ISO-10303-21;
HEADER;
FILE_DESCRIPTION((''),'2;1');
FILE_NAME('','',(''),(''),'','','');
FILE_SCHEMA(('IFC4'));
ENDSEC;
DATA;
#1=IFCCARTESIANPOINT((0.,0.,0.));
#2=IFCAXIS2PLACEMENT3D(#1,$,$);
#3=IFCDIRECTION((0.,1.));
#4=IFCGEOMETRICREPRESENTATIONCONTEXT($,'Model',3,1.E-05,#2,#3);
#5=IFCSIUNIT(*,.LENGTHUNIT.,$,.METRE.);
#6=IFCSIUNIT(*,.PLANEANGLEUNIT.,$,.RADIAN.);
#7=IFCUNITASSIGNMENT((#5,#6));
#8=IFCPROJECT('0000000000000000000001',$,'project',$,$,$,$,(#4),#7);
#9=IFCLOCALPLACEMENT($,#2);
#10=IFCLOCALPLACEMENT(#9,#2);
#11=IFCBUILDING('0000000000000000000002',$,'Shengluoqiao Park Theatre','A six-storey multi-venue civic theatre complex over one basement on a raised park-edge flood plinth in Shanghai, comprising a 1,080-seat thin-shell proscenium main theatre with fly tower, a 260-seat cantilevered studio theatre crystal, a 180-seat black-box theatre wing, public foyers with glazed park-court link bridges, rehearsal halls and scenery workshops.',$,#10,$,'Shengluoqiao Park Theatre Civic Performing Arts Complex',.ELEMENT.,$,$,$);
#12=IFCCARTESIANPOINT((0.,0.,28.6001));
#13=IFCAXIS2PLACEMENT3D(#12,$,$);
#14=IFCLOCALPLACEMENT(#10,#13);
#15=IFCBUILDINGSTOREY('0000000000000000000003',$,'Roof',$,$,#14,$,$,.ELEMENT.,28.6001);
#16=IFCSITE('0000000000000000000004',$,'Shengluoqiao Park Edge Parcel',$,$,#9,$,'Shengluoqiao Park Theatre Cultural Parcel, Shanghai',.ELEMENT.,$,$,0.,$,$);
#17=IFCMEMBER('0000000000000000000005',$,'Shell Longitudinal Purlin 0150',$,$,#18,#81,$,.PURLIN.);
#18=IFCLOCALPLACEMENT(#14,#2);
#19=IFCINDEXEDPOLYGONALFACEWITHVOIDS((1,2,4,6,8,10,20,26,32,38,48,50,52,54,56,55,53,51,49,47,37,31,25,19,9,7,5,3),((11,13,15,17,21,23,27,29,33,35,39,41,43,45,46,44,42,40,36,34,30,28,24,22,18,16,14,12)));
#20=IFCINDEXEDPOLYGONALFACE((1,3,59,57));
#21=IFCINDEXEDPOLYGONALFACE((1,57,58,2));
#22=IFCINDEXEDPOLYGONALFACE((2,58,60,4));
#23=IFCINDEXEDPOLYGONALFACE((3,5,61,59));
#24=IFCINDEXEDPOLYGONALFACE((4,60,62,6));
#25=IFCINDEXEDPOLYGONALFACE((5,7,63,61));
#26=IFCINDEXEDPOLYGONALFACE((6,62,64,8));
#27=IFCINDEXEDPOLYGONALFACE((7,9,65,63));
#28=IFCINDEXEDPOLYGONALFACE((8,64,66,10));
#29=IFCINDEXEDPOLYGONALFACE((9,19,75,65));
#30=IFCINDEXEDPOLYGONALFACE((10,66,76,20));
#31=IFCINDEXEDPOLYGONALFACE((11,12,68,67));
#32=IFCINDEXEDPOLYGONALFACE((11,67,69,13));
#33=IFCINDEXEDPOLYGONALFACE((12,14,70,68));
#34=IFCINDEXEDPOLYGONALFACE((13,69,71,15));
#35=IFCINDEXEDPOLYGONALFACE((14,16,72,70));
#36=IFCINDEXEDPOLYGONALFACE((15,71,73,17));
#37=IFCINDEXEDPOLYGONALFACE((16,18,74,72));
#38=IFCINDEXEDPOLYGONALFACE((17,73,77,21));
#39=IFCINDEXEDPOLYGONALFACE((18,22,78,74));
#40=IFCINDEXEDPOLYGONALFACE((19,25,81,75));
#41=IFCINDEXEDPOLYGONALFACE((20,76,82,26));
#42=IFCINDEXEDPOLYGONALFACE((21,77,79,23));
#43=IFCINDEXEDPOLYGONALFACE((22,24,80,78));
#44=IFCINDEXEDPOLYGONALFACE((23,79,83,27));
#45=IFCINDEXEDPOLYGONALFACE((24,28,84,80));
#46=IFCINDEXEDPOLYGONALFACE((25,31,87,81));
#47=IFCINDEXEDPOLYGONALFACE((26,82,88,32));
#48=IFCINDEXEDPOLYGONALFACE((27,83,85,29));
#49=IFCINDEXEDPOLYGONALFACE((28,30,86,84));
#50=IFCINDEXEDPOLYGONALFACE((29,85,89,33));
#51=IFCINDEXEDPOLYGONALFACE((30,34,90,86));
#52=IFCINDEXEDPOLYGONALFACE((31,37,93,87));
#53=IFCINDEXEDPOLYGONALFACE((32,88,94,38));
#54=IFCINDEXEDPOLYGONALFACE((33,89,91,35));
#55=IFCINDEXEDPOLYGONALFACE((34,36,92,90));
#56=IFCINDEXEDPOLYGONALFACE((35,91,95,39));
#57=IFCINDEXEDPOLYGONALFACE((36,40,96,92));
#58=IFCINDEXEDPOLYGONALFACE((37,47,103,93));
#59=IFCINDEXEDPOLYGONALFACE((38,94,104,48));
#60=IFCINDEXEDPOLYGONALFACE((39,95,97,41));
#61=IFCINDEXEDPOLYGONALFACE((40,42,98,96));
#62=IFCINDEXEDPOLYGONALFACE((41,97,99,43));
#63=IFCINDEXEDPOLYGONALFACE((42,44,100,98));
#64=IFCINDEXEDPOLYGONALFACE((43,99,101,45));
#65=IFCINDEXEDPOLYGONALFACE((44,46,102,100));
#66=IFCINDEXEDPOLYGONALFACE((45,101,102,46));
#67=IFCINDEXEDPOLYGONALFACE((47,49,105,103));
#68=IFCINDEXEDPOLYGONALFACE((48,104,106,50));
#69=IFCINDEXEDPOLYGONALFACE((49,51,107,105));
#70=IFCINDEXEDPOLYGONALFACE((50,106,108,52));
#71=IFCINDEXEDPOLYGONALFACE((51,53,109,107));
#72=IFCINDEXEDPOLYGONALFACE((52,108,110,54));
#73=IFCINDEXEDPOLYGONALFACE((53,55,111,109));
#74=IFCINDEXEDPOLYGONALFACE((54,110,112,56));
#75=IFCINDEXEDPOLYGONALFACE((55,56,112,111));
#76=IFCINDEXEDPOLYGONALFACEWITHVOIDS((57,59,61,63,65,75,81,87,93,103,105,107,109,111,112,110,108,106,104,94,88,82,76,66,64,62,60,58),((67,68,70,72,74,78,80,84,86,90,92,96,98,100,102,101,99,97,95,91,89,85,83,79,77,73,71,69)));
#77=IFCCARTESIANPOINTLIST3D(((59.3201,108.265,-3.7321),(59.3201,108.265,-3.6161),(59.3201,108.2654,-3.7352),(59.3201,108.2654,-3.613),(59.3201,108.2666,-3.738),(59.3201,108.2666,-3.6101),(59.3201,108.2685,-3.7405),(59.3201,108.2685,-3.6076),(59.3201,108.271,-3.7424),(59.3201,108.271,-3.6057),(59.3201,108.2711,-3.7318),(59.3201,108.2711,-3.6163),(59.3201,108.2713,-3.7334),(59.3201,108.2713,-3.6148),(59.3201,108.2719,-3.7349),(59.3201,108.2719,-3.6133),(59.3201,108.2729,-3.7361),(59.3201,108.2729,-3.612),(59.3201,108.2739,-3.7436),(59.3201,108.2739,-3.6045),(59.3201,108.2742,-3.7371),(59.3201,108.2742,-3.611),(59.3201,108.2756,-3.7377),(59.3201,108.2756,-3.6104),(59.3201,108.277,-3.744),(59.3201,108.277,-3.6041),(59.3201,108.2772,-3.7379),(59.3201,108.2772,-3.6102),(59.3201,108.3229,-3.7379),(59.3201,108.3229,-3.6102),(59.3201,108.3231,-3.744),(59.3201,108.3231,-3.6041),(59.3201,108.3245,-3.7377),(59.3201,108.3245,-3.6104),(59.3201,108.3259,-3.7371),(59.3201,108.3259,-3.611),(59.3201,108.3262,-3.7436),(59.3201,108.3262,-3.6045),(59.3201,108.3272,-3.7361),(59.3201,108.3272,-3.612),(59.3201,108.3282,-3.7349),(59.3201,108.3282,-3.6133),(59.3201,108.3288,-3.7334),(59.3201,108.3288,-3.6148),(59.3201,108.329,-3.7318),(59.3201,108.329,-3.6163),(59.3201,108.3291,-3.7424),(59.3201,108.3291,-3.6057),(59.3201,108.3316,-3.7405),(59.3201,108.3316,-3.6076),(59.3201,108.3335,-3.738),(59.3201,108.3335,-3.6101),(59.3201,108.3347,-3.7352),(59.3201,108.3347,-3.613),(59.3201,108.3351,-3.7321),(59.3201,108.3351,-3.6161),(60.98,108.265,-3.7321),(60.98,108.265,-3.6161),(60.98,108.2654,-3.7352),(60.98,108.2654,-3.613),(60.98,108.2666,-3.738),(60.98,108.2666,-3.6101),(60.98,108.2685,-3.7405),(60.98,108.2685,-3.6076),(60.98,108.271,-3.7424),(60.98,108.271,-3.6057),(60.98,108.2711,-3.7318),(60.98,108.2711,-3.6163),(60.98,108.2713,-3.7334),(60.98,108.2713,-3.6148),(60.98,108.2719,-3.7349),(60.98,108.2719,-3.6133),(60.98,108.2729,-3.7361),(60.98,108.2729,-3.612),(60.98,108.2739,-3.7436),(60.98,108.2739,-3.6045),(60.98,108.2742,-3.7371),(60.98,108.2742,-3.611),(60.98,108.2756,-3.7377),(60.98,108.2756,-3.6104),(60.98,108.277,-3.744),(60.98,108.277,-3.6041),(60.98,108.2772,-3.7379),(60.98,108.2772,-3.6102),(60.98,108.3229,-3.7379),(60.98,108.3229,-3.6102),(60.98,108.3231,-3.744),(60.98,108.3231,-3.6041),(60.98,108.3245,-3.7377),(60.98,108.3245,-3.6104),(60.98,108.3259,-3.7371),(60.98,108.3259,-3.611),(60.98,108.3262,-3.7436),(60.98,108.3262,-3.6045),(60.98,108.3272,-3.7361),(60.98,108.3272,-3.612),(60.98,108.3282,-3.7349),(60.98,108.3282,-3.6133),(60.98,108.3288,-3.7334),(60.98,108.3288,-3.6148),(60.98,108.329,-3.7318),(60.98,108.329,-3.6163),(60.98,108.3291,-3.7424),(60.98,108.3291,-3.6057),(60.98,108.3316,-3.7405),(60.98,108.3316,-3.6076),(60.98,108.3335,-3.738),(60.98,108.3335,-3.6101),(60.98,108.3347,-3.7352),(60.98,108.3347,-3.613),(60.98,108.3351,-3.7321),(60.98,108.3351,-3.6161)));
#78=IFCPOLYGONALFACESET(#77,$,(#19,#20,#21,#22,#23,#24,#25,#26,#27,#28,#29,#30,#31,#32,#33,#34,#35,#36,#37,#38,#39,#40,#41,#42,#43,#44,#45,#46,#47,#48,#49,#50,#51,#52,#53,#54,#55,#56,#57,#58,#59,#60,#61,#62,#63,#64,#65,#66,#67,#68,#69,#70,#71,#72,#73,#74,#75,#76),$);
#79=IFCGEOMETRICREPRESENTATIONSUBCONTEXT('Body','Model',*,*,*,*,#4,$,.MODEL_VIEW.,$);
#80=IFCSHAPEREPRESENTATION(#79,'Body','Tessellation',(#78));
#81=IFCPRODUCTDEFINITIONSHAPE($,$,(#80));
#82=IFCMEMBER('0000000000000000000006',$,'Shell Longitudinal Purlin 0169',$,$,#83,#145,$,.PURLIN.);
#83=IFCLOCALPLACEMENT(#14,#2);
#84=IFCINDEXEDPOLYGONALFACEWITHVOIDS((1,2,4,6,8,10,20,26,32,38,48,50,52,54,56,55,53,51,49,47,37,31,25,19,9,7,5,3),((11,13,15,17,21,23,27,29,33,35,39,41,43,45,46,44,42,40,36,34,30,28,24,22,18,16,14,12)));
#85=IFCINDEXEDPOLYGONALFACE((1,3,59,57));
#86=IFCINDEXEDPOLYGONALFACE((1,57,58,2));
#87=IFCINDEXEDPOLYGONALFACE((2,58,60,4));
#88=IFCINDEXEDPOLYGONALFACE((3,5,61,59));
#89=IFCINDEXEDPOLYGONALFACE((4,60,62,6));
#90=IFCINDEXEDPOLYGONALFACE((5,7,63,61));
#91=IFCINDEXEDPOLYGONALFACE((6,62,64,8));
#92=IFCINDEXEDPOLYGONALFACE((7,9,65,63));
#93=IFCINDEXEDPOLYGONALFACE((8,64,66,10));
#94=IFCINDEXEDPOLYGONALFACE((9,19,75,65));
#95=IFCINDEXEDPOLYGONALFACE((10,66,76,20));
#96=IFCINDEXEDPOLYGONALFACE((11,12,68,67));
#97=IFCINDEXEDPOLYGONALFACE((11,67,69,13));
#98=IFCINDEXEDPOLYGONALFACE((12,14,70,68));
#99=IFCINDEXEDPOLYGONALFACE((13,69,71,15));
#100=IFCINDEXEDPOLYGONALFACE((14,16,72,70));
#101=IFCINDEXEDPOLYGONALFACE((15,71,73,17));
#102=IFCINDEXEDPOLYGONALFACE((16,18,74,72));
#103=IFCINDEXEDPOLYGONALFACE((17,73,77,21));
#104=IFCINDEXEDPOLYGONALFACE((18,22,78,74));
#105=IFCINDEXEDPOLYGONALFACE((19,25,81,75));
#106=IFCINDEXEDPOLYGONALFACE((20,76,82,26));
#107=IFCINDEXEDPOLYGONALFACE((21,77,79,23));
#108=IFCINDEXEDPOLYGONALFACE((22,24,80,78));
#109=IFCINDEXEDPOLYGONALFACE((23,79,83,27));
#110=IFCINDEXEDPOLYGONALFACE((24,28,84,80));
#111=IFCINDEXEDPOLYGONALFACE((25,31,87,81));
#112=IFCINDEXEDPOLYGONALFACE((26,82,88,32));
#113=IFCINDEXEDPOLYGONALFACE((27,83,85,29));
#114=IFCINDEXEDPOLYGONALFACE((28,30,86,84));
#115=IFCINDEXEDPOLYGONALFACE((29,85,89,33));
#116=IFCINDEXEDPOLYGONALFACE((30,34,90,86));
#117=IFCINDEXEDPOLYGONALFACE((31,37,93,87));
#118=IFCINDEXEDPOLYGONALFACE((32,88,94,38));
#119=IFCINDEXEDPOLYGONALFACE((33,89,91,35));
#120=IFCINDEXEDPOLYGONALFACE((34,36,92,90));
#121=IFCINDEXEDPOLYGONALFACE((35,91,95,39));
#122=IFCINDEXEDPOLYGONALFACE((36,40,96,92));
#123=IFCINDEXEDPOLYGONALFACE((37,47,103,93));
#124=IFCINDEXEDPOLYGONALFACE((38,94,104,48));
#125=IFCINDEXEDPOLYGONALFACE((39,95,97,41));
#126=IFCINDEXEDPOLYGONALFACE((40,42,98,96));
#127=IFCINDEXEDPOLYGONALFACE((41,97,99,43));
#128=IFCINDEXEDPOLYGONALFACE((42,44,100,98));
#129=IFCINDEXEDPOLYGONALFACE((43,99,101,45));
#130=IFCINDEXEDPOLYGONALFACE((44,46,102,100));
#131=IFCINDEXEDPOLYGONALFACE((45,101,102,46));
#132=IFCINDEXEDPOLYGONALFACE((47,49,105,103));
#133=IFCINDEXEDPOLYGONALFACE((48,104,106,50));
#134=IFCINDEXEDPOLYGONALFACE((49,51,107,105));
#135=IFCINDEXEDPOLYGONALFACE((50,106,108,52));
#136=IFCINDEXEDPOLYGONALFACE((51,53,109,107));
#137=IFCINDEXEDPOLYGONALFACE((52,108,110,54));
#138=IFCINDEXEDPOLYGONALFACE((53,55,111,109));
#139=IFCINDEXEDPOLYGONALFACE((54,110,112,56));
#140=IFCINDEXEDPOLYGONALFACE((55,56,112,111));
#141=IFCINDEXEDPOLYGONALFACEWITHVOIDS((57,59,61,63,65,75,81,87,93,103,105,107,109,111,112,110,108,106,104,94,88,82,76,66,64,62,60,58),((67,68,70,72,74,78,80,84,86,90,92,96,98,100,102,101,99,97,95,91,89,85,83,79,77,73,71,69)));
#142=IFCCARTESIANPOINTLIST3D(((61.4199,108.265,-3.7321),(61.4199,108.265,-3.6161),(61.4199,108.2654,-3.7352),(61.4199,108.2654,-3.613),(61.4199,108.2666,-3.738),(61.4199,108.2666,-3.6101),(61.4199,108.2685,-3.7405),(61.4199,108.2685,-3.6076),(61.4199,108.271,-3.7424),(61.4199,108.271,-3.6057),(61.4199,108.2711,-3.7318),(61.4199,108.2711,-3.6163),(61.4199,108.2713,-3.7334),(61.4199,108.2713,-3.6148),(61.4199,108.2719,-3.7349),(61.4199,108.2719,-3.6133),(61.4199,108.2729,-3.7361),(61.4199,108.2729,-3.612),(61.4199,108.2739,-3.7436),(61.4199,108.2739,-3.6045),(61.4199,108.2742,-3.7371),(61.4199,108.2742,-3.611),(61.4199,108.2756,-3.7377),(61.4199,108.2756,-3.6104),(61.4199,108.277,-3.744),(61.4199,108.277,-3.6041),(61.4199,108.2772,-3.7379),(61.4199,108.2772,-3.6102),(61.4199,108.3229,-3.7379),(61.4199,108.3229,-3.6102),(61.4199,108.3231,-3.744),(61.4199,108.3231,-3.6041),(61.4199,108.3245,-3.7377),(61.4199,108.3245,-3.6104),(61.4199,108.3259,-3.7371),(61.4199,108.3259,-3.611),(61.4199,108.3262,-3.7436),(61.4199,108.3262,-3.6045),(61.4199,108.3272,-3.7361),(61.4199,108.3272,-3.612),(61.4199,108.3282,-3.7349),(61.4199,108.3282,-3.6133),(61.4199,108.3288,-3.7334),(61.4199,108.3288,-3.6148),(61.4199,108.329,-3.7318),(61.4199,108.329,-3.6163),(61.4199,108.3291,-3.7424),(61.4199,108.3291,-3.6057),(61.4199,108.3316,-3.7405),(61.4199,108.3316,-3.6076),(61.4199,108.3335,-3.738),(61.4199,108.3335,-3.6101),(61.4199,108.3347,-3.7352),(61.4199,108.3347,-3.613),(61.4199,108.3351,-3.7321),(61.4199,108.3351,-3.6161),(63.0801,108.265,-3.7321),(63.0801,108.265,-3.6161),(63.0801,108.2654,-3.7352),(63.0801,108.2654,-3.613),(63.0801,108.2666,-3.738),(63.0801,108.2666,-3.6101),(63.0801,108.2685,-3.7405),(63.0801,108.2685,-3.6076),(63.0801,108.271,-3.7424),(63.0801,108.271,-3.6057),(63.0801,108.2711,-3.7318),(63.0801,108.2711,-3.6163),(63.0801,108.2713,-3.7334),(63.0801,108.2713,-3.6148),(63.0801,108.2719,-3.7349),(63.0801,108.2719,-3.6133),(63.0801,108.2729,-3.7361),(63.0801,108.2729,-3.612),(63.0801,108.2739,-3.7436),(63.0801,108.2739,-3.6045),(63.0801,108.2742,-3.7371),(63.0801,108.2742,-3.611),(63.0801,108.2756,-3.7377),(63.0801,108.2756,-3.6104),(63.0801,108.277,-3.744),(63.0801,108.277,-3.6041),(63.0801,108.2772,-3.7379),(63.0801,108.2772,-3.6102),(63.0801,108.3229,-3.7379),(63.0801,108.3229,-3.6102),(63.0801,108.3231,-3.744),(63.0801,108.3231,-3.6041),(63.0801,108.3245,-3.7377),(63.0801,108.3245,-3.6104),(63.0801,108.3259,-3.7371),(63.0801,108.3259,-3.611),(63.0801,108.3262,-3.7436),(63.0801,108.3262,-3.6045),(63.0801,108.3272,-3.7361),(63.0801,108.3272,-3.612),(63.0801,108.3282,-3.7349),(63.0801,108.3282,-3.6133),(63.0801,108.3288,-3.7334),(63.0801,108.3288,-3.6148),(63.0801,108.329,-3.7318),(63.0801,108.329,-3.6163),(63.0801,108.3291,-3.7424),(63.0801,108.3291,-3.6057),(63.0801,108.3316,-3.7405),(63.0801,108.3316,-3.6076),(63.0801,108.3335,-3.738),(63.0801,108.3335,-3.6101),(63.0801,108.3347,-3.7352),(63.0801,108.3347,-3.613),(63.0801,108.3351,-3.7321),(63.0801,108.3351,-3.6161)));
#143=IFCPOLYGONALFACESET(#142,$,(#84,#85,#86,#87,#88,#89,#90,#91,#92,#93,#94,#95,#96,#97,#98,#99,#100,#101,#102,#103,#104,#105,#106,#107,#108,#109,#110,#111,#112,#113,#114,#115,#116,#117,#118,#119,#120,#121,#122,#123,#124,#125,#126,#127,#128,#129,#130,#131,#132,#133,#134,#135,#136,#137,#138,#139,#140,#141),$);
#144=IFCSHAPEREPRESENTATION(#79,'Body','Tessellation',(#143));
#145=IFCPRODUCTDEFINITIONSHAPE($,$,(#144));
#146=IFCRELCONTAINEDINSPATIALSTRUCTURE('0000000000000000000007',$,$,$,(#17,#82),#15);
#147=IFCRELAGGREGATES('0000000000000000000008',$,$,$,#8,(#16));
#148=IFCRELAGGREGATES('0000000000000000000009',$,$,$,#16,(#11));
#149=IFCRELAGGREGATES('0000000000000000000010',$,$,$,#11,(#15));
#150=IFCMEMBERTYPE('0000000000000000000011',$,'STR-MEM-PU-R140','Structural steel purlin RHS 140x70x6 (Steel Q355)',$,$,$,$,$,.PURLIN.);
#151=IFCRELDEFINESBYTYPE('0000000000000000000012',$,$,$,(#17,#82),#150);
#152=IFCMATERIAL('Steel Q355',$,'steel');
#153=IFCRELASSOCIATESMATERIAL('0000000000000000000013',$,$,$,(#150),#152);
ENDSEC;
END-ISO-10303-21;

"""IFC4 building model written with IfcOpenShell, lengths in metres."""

from ifc_helpers import new_model, si_unit, direction, frame, origin, origin_2d, place, context, subcontext, project, spatial, hollow_rectangle, extrude, material, material_profile, profile_set, type_object, element, save


model = new_model("IFC4")

# Units and contexts
model_context = context("Model", 3, precision=1e-05, world=origin(), true_north=direction((0.0, 1.0)))
body_context = subcontext(model_context, "Body", "Model", "MODEL_VIEW")
ifc_project = project(units=[si_unit("LENGTHUNIT", "METRE"), si_unit("PLANEANGLEUNIT", "RADIAN")], contexts=[model_context])

# Site, building, storey
site_placement = place(None, origin())
site = spatial("IfcSite", under=ifc_project, at=site_placement, Name="Shengluoqiao Park Edge Parcel", LongName="Shengluoqiao Park Theatre Cultural Parcel, Shanghai", CompositionType="ELEMENT", RefElevation=0.0)
building_placement = place(site_placement, origin())
building = spatial("IfcBuilding", under=site, at=building_placement, Name="Shengluoqiao Park Theatre", Description="A six-storey multi-venue civic theatre complex over one basement on a raised park-edge flood plinth in Shanghai, comprising a 1,080-seat thin-shell proscenium main theatre with fly tower, a 260-seat cantilevered studio theatre crystal, a 180-seat black-box theatre wing, public foyers with glazed park-court link bridges, rehearsal halls and scenery workshops.", LongName="Shengluoqiao Park Theatre Civic Performing Arts Complex", CompositionType="ELEMENT")
storey_placement = place(building_placement, frame((0.0, 0.0, 28.6001)))
storey = spatial("IfcBuildingStorey", under=building, at=storey_placement, Name="Roof", CompositionType="ELEMENT", Elevation=28.6001)

# Shared definitions
ifc_material_1 = material(Name="Steel Q355", Category="steel")

# Members
ifc_material_profile_1 = material_profile(ifc_material_1, hollow_rectangle(XDim=0.0701, YDim=0.1399, WallThickness=0.0061, InnerFilletRadius=0.0061, OuterFilletRadius=0.012, at=origin_2d()), Name="RHS 140x70x6")
ifc_profile_set_1 = profile_set([ifc_material_profile_1], Name="Steel Q355")
member_type_1 = type_object("IfcMemberType", Name="STR-MEM-PU-R140", Description="Structural steel purlin RHS 140x70x6 (Steel Q355)", PredefinedType="PURLIN", material=ifc_profile_set_1)
member_1_placement = place(storey_placement, frame((59.3201, 108.3, -3.6741), z_axis=(1.0, 0.0, 0.0), x_axis=(0.0, 1.0, 0.0)))
element("IfcMember", 1, at=member_1_placement, inside=storey, type_object=member_type_1, Name="Shell Longitudinal Purlin 0150", PredefinedType="PURLIN", context=body_context, shape_type="SweptSolid", body=[
    extrude(hollow_rectangle(XDim=0.0701, YDim=0.1399, WallThickness=0.0061, InnerFilletRadius=0.0061, OuterFilletRadius=0.012, at=origin_2d()), origin(), (0.0, 0.0, 1.0), 1.6599),
])
member_2_placement = place(storey_placement, frame((61.4199, 108.3, -3.6741), z_axis=(1.0, 0.0, 0.0), x_axis=(0.0, 1.0, 0.0)))
element("IfcMember", 2, at=member_2_placement, inside=storey, type_object=member_type_1, Name="Shell Longitudinal Purlin 0169", PredefinedType="PURLIN", context=body_context, shape_type="SweptSolid", body=[
    extrude(hollow_rectangle(XDim=0.0701, YDim=0.1399, WallThickness=0.0061, InnerFilletRadius=0.0061, OuterFilletRadius=0.012, at=origin_2d()), origin(), (0.0, 0.0, 1.0), 1.6602),
])

save(model, "model.ifc")
